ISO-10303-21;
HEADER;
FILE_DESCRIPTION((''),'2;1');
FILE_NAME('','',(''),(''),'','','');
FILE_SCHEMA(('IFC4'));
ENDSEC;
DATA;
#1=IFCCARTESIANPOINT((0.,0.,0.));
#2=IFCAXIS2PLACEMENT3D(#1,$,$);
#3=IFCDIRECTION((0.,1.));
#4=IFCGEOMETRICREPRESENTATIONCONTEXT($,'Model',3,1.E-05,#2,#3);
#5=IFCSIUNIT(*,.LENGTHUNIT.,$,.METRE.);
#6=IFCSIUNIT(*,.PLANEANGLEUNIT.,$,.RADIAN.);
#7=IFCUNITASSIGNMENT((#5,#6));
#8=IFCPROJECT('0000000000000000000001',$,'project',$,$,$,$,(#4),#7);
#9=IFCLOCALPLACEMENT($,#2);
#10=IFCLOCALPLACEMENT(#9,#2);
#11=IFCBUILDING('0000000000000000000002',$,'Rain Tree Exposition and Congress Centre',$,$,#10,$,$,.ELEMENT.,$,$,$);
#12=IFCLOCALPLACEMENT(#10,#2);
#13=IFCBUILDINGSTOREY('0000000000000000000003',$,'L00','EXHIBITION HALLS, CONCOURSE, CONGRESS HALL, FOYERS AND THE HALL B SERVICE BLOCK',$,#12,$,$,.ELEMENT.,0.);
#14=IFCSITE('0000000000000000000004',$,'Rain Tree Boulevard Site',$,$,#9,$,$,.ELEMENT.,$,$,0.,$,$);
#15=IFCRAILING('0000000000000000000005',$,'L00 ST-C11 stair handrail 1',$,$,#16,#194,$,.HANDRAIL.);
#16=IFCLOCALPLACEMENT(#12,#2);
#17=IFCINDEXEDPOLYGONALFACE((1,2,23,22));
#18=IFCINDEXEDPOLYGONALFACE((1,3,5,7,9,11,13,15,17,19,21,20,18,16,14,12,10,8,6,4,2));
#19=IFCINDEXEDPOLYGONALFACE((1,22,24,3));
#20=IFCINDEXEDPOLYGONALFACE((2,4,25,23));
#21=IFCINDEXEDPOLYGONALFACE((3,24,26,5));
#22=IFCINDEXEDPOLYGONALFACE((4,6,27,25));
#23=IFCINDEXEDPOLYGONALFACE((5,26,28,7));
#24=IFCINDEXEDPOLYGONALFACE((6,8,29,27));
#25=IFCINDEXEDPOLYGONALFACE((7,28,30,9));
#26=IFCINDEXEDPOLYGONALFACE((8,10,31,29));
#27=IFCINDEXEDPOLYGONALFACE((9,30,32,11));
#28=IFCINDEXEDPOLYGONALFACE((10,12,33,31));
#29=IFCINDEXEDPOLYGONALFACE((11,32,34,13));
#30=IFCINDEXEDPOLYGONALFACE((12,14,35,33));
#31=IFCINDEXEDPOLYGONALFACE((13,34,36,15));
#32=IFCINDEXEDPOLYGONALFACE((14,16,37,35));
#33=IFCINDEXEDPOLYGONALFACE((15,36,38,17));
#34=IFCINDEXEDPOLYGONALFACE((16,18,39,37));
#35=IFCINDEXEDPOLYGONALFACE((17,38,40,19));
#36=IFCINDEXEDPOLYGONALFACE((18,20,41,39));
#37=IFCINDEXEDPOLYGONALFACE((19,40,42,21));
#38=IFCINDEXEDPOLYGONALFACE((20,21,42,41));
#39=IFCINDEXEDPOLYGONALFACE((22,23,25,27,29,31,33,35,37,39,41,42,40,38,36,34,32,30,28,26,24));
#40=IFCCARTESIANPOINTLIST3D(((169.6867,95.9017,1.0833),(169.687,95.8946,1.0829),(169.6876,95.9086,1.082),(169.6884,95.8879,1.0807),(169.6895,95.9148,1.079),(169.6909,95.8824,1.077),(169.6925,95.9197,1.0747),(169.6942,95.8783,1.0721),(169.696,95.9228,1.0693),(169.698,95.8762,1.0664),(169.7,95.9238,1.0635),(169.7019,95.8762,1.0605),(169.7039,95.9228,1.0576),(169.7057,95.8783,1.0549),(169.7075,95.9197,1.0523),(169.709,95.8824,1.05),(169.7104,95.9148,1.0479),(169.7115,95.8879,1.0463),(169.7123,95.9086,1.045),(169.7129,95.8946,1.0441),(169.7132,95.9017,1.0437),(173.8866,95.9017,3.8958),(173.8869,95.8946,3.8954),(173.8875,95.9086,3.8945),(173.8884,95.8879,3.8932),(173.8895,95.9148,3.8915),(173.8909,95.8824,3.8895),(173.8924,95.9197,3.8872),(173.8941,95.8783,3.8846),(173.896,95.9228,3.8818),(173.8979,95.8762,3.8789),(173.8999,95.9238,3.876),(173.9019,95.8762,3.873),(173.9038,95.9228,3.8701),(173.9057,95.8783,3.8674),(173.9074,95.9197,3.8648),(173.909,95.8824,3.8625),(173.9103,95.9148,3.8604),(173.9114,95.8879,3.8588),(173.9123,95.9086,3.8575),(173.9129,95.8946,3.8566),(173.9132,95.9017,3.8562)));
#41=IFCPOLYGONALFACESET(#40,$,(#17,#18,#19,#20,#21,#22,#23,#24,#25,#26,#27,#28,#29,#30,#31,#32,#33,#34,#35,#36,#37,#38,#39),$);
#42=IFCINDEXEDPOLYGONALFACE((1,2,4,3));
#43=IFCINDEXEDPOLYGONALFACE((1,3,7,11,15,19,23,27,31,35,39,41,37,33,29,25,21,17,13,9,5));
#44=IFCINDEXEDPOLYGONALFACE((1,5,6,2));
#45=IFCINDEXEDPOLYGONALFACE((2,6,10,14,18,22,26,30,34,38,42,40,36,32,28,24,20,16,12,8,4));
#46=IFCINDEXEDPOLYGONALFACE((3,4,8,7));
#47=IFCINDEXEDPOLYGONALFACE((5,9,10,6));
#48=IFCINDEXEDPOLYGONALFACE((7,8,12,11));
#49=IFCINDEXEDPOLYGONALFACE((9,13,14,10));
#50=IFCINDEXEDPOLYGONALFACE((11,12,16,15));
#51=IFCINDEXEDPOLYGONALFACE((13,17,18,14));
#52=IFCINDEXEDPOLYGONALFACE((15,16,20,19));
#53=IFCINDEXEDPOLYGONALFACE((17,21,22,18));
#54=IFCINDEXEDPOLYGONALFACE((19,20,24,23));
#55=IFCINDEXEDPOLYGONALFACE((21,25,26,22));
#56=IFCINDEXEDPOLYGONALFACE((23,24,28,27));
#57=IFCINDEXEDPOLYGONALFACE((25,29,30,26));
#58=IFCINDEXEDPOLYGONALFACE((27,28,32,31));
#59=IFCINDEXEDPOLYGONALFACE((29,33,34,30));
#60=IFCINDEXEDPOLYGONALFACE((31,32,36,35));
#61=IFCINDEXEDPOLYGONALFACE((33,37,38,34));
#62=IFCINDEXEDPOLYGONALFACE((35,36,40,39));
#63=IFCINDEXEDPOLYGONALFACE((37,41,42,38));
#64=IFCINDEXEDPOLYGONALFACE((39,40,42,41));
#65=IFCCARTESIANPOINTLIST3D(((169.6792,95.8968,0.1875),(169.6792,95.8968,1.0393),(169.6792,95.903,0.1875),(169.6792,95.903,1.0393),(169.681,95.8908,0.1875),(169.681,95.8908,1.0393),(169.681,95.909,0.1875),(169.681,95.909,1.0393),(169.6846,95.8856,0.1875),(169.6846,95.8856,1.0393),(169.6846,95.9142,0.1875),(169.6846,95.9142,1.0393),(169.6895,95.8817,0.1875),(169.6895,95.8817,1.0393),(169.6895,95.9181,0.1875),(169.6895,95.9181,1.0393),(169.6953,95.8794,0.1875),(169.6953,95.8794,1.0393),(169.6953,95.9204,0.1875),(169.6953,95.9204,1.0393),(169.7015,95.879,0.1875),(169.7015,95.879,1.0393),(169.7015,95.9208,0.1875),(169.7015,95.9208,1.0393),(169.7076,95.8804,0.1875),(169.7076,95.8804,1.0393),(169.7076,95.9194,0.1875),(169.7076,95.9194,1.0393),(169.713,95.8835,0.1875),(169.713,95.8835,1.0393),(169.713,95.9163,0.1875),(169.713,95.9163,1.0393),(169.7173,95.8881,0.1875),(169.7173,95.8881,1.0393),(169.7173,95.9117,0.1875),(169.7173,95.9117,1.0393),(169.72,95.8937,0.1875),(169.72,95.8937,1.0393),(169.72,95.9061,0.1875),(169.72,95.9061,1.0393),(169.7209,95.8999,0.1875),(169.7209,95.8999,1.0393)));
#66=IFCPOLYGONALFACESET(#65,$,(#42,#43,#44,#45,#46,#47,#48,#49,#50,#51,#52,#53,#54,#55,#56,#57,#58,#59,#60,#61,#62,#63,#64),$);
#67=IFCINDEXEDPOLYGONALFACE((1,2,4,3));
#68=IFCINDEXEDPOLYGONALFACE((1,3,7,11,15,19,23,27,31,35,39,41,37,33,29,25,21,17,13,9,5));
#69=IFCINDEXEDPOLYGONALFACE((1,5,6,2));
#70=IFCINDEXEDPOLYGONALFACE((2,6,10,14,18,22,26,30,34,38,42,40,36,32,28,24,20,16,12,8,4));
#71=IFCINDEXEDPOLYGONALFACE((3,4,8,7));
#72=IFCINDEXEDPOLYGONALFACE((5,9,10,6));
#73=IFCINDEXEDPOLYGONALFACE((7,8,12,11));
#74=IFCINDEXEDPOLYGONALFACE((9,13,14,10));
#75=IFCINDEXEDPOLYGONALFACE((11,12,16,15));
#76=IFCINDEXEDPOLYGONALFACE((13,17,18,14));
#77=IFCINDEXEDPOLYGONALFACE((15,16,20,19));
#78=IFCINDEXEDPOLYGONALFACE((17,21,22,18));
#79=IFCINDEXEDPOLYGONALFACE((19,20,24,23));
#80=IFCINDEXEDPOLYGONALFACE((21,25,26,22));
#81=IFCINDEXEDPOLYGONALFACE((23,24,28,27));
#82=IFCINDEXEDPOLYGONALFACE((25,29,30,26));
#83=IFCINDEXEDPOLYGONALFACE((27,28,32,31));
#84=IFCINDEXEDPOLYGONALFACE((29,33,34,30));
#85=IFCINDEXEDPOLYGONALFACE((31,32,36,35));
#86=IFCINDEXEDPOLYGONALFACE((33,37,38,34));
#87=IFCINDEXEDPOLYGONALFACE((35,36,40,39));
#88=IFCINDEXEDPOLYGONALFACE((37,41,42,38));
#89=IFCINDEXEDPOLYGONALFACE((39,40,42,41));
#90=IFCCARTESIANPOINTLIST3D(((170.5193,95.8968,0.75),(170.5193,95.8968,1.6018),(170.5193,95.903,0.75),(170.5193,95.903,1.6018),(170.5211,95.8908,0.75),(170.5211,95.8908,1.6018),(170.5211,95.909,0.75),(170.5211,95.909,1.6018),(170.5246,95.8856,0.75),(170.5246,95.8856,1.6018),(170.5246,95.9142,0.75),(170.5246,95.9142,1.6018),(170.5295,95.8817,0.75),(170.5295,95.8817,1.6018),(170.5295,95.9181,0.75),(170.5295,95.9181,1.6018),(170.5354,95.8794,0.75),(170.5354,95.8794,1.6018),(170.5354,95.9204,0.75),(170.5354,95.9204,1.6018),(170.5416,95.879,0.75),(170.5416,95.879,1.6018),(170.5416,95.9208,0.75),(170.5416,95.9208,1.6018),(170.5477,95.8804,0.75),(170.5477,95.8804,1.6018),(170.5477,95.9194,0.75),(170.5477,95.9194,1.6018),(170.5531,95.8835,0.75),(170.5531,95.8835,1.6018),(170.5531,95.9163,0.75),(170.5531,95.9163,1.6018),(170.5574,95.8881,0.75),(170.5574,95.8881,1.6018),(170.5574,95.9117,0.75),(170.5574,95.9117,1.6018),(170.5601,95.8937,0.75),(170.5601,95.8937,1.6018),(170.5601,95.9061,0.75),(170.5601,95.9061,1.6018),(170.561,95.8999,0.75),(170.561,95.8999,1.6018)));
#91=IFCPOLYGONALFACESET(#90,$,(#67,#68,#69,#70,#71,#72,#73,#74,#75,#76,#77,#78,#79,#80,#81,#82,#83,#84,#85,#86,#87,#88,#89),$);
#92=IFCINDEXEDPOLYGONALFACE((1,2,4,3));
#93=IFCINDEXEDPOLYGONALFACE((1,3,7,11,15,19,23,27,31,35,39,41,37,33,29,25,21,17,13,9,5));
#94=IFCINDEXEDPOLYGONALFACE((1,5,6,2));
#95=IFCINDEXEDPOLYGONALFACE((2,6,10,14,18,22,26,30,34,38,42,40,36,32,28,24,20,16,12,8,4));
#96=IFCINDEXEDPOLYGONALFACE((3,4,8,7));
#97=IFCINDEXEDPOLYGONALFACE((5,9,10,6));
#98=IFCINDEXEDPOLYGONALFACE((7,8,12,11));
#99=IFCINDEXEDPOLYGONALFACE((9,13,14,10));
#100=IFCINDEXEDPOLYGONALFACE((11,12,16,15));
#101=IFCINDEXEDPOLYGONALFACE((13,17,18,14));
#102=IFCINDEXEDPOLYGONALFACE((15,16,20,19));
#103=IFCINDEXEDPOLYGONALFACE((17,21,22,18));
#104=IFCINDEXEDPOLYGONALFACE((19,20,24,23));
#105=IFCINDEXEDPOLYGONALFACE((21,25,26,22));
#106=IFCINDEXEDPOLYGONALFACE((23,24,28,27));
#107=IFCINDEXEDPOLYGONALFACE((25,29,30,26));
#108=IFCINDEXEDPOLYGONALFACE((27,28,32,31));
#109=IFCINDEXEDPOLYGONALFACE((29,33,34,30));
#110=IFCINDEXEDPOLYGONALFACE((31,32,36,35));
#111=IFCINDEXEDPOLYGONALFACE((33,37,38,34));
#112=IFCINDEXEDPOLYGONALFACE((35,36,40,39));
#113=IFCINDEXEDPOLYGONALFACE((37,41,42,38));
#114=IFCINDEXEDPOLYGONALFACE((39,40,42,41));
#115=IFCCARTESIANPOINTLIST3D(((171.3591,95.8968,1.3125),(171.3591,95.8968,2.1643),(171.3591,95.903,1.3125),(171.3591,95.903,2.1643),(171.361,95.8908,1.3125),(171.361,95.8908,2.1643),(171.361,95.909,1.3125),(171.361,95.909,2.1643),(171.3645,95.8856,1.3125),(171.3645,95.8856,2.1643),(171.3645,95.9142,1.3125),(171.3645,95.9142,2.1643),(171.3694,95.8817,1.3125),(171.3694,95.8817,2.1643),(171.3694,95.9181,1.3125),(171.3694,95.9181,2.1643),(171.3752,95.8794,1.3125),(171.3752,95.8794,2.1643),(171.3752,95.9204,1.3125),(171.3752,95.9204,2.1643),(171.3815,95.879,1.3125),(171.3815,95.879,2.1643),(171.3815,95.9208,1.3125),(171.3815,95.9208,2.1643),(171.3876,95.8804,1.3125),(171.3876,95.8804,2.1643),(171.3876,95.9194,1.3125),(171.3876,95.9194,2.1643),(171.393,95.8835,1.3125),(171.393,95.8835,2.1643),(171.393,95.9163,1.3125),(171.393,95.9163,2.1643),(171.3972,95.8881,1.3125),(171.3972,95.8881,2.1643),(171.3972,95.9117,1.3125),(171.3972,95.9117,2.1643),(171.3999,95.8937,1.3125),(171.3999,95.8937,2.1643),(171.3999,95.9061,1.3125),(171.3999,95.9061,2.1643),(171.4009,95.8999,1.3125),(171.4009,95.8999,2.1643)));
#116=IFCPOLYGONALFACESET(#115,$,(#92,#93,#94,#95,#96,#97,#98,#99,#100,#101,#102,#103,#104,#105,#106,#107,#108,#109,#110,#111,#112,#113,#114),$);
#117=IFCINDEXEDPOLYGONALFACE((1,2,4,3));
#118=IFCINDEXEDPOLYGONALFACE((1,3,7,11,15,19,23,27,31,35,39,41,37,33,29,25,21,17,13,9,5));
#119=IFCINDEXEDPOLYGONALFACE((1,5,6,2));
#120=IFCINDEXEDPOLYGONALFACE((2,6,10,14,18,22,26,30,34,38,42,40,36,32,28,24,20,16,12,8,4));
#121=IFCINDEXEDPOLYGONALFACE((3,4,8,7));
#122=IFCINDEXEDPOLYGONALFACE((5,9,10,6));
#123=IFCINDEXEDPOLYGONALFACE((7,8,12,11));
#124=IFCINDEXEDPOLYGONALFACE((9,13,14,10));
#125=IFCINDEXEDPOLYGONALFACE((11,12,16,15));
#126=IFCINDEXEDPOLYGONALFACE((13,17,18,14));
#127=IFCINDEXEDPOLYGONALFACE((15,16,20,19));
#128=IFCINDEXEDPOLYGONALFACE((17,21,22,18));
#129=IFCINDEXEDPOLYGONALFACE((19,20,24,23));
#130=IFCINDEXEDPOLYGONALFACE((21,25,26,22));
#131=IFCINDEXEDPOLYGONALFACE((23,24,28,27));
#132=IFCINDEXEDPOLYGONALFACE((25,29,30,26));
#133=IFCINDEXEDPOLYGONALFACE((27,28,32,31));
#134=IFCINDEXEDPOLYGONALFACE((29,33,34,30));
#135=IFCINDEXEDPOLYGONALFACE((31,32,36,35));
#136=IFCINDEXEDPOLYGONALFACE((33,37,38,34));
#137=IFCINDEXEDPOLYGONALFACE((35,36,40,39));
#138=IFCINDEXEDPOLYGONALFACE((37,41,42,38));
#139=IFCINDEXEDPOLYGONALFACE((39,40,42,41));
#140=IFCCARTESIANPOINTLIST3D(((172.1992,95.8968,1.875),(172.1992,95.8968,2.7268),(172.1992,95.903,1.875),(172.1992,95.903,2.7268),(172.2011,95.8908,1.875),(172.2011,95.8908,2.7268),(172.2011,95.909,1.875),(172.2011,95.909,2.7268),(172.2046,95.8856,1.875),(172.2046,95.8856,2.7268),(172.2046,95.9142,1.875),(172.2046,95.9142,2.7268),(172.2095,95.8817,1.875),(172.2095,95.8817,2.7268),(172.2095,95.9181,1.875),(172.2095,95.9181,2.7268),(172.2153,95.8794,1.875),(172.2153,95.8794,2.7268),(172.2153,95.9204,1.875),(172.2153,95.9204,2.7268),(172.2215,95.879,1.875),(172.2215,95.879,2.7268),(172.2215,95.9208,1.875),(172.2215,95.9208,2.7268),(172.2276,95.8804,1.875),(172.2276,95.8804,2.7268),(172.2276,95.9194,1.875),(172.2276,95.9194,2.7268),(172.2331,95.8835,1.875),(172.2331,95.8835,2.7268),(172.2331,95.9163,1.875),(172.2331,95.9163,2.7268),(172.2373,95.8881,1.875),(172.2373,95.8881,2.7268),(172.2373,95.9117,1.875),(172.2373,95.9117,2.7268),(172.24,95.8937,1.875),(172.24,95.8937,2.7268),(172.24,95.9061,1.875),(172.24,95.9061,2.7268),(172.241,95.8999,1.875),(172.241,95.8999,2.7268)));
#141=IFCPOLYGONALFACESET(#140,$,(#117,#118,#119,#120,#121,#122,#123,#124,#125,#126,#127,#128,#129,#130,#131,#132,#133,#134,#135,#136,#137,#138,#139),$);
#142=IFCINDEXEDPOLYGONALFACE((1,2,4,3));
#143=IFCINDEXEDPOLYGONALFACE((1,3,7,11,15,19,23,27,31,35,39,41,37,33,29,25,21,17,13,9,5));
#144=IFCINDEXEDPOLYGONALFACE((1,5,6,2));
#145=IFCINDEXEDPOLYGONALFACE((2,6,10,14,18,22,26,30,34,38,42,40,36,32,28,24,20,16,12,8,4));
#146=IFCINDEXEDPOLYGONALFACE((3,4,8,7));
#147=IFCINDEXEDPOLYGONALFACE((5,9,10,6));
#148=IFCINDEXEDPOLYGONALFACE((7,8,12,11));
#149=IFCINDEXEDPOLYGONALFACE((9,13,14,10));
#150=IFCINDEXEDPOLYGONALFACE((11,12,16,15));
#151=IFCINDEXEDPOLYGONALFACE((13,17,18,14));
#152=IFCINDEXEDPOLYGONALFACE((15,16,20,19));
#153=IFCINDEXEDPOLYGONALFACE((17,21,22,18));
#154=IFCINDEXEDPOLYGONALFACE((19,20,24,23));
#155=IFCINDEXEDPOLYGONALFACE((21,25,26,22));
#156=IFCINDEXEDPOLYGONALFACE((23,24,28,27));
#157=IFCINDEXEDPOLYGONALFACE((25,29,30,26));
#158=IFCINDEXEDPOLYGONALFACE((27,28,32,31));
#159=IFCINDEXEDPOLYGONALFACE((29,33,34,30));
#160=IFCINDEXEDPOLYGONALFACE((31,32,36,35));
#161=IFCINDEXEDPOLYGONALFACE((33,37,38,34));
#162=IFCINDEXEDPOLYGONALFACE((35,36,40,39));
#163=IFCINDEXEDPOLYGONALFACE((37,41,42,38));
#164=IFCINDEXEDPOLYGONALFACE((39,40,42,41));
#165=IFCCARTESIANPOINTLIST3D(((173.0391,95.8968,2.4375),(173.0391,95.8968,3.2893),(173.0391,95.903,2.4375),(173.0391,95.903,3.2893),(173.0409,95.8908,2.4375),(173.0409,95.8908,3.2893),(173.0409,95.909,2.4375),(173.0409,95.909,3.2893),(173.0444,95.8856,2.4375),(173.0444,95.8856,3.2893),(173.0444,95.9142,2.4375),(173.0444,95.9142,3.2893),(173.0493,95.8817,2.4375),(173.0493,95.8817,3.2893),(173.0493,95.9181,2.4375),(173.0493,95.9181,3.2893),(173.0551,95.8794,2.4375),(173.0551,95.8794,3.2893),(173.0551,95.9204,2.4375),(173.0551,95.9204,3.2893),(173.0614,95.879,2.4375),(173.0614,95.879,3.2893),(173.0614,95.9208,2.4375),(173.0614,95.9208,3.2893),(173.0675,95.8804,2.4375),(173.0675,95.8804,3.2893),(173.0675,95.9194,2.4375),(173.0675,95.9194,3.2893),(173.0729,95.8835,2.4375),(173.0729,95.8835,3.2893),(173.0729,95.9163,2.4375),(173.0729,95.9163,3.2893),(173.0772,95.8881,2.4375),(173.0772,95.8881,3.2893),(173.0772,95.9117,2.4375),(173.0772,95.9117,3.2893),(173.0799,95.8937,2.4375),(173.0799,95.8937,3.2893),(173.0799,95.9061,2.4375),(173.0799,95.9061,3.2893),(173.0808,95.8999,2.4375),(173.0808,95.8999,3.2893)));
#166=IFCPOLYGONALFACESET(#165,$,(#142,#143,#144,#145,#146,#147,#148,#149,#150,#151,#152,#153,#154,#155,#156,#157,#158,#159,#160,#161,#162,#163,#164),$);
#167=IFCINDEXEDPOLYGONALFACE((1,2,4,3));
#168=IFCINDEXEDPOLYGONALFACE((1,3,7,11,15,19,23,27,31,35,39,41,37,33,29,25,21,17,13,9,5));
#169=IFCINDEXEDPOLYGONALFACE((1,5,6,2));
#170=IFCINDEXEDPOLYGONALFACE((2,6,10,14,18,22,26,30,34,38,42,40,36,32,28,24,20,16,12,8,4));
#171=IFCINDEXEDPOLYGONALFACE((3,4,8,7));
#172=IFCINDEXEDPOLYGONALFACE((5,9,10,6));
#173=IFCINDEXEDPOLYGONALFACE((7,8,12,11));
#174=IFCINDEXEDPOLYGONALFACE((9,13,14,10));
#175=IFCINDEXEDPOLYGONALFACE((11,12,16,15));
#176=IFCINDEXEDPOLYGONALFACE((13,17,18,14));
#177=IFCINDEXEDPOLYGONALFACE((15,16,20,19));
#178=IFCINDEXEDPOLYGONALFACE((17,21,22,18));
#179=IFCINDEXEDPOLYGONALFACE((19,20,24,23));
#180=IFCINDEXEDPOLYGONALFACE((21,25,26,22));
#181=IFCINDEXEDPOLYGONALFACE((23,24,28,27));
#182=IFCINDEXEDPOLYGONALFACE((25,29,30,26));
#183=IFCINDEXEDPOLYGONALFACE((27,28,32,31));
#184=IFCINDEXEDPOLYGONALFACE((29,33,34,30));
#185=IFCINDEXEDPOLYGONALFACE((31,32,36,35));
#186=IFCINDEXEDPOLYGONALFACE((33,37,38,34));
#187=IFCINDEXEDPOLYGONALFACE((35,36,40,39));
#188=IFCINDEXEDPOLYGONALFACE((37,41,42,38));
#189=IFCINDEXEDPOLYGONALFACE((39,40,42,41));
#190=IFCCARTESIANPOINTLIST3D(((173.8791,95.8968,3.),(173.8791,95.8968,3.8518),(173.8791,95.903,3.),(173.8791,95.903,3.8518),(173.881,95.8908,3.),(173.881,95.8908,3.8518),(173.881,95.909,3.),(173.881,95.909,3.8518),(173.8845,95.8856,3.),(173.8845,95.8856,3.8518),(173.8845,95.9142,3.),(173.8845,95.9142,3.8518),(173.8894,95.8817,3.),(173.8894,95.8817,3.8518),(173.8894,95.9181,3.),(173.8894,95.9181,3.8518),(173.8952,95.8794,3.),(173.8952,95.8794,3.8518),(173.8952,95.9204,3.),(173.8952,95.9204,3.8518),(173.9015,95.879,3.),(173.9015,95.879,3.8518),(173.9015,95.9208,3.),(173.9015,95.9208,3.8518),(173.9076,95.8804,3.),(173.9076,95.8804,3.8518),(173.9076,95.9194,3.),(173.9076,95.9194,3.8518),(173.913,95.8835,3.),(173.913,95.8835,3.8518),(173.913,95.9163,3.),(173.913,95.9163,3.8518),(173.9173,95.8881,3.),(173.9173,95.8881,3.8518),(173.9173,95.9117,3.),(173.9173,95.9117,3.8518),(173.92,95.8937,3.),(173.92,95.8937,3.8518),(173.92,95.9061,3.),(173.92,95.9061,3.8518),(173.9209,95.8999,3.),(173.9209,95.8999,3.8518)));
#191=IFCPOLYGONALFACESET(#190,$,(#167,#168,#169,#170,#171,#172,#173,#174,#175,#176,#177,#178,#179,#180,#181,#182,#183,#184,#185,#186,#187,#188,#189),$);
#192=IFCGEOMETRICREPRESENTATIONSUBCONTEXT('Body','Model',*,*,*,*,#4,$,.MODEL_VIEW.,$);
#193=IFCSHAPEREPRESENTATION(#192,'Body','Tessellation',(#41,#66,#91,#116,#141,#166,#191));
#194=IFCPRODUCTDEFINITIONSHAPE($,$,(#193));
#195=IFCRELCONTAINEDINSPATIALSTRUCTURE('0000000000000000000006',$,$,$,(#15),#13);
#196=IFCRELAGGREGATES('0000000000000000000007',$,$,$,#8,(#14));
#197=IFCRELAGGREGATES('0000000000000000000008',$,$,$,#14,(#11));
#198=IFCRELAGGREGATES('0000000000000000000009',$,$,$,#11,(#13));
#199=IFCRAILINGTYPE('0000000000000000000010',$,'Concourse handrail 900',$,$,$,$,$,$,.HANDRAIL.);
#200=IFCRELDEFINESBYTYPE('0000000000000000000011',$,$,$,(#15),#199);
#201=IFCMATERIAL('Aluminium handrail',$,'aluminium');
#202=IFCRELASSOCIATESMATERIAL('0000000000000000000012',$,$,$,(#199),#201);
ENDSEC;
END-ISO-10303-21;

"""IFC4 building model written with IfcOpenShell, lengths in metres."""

from ifc_helpers import new_model, si_unit, direction, frame, origin, origin_2d, place, context, subcontext, project, spatial, circle, extrude, material, type_object, element, save


model = new_model("IFC4")

# Units and contexts
model_context = context("Model", 3, precision=1e-05, world=origin(), true_north=direction((0.0, 1.0)))
body_context = subcontext(model_context, "Body", "Model", "MODEL_VIEW")
ifc_project = project(units=[si_unit("LENGTHUNIT", "METRE"), si_unit("PLANEANGLEUNIT", "RADIAN")], contexts=[model_context])

# Site, building, storey
site_placement = place(None, origin())
site = spatial("IfcSite", under=ifc_project, at=site_placement, Name="Rain Tree Boulevard Site", CompositionType="ELEMENT", RefElevation=0.0)
building_placement = place(site_placement, origin())
building = spatial("IfcBuilding", under=site, at=building_placement, Name="Rain Tree Exposition and Congress Centre", CompositionType="ELEMENT")
storey_placement = place(building_placement, origin())
storey = spatial("IfcBuildingStorey", under=building, at=storey_placement, Name="L00", Description="EXHIBITION HALLS, CONCOURSE, CONGRESS HALL, FOYERS AND THE HALL B SERVICE BLOCK", CompositionType="ELEMENT", Elevation=0.0)

# Railing
ifc_material_1 = material(Name="Aluminium handrail", Category="aluminium")
railing_type_1 = type_object("IfcRailingType", Name="Concourse handrail 900", PredefinedType="HANDRAIL", material=ifc_material_1)
railing_1_placement = place(storey_placement, frame((169.7, 95.8999, 0.1875)))
element("IfcRailing", 1, at=railing_1_placement, inside=storey, type_object=railing_type_1, Name="L00 ST-C11 stair handrail 1", PredefinedType="HANDRAIL", context=body_context, shape_type="SweptSolid", body=[
    extrude(circle(Radius=0.0239, at=origin_2d()), frame((0.0, 0.0, 0.876), z_axis=(0.830904, 0.0, 0.556416), x_axis=(0.0, 1.0, 0.0)), (0.0, 0.0, 1.0), 5.0547),
    extrude(circle(Radius=0.021, at=origin_2d()), origin(), (0.0, 0.0, 1.0), 0.8518),
    extrude(circle(Radius=0.021, at=origin_2d()), frame((0.8401, 0.0, 0.5625)), (0.0, 0.0, 1.0), 0.8518),
    extrude(circle(Radius=0.021, at=origin_2d()), frame((1.6799, 0.0, 1.125)), (0.0, 0.0, 1.0), 0.8518),
    extrude(circle(Radius=0.021, at=origin_2d()), frame((2.52, 0.0, 1.6875)), (0.0, 0.0, 1.0), 0.8518),
    extrude(circle(Radius=0.021, at=origin_2d()), frame((3.3599, 0.0, 2.25)), (0.0, 0.0, 1.0), 0.8518),
    extrude(circle(Radius=0.021, at=origin_2d()), frame((4.2, 0.0, 2.8125)), (0.0, 0.0, 1.0), 0.8518),
])

save(model, "model.ifc")
